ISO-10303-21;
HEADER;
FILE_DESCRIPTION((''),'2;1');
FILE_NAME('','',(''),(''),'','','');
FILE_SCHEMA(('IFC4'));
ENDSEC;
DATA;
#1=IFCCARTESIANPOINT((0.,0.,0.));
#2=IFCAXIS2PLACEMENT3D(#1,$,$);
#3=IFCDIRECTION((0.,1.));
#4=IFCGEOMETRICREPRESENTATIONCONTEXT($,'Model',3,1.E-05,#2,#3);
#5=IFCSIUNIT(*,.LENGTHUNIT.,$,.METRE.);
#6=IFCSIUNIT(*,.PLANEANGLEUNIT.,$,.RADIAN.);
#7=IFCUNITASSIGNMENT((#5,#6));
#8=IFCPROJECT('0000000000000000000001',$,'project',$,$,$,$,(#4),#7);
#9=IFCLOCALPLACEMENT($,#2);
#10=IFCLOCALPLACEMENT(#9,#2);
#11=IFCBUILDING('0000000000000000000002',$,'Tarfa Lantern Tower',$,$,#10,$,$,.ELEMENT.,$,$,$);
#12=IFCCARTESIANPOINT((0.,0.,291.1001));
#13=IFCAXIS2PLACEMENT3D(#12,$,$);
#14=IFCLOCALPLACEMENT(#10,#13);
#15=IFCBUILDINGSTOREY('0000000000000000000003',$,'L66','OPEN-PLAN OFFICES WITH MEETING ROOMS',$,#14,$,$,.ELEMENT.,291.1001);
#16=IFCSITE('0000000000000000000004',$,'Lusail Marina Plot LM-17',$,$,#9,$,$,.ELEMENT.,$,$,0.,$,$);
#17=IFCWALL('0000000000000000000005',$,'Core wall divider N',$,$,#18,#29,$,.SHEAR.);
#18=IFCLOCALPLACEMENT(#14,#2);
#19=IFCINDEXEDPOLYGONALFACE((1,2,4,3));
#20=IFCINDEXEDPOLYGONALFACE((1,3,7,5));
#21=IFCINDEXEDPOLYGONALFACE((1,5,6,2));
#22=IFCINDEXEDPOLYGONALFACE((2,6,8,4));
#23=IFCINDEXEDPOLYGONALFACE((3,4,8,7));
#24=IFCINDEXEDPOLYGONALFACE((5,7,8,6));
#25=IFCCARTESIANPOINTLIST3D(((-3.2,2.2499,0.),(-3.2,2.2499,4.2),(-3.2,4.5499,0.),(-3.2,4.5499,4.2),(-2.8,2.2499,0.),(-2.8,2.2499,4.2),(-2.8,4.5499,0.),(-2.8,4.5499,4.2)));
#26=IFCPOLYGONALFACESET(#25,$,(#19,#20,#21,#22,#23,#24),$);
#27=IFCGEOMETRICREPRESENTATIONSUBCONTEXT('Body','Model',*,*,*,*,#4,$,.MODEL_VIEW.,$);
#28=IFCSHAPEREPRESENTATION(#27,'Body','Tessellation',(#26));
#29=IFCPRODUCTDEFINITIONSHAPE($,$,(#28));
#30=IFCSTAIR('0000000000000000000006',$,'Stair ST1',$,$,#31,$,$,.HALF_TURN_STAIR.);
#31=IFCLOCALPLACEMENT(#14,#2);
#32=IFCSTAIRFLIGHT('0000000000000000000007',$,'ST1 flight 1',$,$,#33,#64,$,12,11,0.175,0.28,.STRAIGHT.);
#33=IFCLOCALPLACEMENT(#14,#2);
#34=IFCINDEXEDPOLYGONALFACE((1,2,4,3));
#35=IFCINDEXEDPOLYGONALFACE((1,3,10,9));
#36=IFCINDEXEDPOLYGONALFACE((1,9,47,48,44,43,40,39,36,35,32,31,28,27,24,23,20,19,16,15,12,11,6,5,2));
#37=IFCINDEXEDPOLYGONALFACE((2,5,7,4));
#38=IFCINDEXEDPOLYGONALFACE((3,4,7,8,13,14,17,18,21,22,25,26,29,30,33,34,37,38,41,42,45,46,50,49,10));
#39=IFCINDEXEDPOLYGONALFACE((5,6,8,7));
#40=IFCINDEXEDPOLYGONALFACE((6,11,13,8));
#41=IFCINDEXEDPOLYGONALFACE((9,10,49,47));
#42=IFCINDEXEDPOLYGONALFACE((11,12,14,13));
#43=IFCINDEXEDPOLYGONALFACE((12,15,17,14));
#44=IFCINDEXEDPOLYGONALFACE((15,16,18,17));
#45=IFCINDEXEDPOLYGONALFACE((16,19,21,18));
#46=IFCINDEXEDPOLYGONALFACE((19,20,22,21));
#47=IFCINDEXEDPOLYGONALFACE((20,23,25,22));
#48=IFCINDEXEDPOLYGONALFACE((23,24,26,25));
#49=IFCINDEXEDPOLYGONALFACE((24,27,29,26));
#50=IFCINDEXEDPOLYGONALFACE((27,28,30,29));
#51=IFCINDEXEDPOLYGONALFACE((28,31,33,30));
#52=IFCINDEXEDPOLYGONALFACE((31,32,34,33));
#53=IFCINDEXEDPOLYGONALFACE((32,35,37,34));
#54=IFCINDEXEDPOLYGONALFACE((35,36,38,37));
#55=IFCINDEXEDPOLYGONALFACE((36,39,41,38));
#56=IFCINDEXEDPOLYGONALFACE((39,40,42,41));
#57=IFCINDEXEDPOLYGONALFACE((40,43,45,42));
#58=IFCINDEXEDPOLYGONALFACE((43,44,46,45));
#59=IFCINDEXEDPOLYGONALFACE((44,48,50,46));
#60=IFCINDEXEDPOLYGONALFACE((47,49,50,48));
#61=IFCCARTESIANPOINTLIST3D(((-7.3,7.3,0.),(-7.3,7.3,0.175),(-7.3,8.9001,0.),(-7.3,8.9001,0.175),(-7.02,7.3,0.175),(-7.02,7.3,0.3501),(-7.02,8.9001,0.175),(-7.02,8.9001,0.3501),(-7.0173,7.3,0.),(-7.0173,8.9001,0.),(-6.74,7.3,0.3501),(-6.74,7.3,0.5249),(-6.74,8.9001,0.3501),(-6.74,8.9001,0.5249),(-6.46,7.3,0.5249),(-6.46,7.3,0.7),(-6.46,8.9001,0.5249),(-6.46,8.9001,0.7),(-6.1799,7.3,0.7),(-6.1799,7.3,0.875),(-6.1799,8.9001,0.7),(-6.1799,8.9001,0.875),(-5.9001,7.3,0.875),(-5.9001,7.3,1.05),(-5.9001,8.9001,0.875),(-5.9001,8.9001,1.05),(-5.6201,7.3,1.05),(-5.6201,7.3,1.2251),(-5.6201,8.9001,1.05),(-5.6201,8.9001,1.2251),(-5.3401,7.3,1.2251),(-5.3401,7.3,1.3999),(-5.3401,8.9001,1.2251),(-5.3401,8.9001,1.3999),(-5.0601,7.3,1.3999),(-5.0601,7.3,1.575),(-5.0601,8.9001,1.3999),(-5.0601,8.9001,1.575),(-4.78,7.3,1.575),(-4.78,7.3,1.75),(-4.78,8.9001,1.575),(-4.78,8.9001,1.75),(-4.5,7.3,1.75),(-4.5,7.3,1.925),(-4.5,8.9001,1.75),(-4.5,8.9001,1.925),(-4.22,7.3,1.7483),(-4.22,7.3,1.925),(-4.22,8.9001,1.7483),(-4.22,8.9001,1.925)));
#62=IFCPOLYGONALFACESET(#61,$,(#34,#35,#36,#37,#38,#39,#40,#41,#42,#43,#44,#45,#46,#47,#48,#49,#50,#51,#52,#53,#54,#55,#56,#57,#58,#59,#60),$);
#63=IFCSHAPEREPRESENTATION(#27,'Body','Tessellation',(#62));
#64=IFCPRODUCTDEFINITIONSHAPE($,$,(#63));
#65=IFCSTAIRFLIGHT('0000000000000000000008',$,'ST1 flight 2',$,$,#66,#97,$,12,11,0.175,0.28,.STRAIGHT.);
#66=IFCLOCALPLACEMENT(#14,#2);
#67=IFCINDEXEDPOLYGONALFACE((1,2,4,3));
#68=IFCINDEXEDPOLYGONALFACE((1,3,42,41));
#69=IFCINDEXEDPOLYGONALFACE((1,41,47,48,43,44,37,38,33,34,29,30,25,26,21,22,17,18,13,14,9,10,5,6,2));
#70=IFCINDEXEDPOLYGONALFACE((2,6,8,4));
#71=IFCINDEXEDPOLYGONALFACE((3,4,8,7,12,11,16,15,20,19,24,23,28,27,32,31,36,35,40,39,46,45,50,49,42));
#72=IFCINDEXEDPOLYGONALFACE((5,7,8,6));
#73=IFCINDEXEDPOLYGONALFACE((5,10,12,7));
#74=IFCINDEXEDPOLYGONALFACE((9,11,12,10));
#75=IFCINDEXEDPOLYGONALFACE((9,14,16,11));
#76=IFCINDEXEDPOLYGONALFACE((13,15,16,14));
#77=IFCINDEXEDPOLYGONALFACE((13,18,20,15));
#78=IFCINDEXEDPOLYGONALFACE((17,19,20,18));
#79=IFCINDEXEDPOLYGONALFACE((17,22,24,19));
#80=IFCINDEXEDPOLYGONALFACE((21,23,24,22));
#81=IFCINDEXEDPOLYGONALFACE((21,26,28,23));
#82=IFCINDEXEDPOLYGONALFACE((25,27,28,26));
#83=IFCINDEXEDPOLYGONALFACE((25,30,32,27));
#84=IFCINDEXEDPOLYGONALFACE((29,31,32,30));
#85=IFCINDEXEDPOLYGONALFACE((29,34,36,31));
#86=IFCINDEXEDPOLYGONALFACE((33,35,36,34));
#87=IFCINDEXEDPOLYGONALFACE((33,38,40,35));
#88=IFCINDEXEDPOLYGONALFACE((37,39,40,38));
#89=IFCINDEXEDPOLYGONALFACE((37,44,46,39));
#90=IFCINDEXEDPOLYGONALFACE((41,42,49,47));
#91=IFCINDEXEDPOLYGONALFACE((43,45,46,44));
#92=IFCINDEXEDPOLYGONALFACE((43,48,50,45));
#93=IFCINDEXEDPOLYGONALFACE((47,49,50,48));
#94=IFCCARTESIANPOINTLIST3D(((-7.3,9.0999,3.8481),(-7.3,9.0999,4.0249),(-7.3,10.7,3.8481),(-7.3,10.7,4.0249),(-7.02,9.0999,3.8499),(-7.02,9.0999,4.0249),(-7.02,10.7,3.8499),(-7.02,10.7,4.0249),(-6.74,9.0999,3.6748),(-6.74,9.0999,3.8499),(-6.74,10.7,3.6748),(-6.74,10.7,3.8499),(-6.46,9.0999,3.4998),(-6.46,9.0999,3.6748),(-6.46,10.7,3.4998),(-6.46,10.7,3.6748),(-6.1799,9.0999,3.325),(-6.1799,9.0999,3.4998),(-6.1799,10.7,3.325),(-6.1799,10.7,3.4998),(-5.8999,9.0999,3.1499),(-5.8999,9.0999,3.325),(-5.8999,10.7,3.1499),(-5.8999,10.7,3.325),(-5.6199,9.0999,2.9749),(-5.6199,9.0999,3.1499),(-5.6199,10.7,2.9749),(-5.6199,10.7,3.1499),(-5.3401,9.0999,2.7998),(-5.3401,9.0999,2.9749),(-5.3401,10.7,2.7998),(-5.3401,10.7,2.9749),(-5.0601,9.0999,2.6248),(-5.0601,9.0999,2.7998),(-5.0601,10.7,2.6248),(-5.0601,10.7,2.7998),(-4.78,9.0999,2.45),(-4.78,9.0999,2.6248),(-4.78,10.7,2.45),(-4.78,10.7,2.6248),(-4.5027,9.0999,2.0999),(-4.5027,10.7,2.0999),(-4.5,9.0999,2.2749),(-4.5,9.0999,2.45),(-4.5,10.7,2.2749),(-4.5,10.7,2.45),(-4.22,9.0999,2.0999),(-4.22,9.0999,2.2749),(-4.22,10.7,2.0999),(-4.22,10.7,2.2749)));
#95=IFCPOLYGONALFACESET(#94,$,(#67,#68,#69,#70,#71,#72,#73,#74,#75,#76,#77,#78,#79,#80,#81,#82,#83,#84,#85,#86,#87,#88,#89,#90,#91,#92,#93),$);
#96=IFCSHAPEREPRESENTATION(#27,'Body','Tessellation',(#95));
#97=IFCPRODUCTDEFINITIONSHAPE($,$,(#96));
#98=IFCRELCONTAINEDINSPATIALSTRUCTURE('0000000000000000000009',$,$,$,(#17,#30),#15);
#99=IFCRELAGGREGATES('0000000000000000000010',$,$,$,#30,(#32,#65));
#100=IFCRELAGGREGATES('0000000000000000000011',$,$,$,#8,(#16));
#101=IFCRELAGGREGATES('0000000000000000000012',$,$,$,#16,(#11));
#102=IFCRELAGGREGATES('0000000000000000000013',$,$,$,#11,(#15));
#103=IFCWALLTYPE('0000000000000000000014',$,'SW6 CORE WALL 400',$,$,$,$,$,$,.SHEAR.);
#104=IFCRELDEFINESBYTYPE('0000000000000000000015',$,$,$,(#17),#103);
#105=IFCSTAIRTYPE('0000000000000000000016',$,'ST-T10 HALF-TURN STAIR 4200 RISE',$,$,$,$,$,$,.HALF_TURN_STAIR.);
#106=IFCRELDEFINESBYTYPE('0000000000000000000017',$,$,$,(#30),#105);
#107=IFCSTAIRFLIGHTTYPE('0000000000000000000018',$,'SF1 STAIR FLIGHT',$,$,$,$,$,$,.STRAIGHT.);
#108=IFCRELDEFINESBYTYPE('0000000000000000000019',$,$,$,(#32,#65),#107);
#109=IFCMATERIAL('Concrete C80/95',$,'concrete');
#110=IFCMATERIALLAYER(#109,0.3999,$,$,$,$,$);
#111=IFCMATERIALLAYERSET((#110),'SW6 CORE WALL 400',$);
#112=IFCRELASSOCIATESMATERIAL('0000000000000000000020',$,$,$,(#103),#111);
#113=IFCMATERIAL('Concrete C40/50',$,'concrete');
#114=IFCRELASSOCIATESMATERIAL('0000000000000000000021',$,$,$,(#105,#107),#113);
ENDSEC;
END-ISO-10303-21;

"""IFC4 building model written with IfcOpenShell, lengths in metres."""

from ifc_helpers import new_model, si_unit, direction, frame, frame_2d, origin, place, context, subcontext, project, spatial, polyline, rectangle, outline, extrude, material, layer, layer_set, type_object, element, aggregate, save


model = new_model("IFC4")

# Units and contexts
model_context = context("Model", 3, precision=1e-05, world=origin(), true_north=direction((0.0, 1.0)))
body_context = subcontext(model_context, "Body", "Model", "MODEL_VIEW")
ifc_project = project(units=[si_unit("LENGTHUNIT", "METRE"), si_unit("PLANEANGLEUNIT", "RADIAN")], contexts=[model_context])

# Site, building, storey
site_placement = place(None, origin())
site = spatial("IfcSite", under=ifc_project, at=site_placement, Name="Lusail Marina Plot LM-17", CompositionType="ELEMENT", RefElevation=0.0)
building_placement = place(site_placement, origin())
building = spatial("IfcBuilding", under=site, at=building_placement, Name="Tarfa Lantern Tower", CompositionType="ELEMENT")
storey_placement = place(building_placement, frame((0.0, 0.0, 291.1001)))
storey = spatial("IfcBuildingStorey", under=building, at=storey_placement, Name="L66", Description="OPEN-PLAN OFFICES WITH MEETING ROOMS", CompositionType="ELEMENT", Elevation=291.1001)

# Shared definitions
ifc_material_1 = material(Name="Concrete C80/95", Category="concrete")

# Wall
ifc_layer_1 = layer(ifc_material_1, 0.3999)
ifc_layer_set_1 = layer_set([ifc_layer_1], Name="SW6 CORE WALL 400")
wall_type_1 = type_object("IfcWallType", Name="SW6 CORE WALL 400", PredefinedType="SHEAR", material=ifc_layer_set_1)
for number, where, z_axis, x_axis, name in (
    (1, (-3.0, 2.25, 0.0), (0.0, 0.0, 1.0), (0.0, 1.0, 0.0), "Core wall divider N"),
):
    element("IfcWall", number, at=place(storey_placement, frame(where, z_axis=z_axis, x_axis=x_axis)), inside=storey, type_object=wall_type_1, Name=name, PredefinedType="SHEAR", context=body_context, shape_type="SweptSolid", body=[
        extrude(rectangle(XDim=2.3, YDim=0.3999, at=frame_2d((1.1499, 0.0))), origin(), (0.0, 0.0, 1.0), 4.2),
    ])

# Stair, stair flights
ifc_material_2 = material(Name="Concrete C40/50", Category="concrete")
stair_type = type_object("IfcStairType", Name="ST-T10 HALF-TURN STAIR 4200 RISE", PredefinedType="HALF_TURN_STAIR", material=ifc_material_2)
stair_placement = place(storey_placement, origin())
stair = element("IfcStair", 2, at=stair_placement, inside=storey, type_object=stair_type, Name="Stair ST1", PredefinedType="HALF_TURN_STAIR")
stair_flight_type = type_object("IfcStairFlightType", Name="SF1 STAIR FLIGHT", PredefinedType="STRAIGHT", material=ifc_material_2)
stair_flight_1_placement = place(storey_placement, frame((-7.3, 8.1001, 0.0), z_axis=(0.0, 0.0, 1.0), x_axis=(1.0, 0.0, 0.0)))
stair_flight_1 = element("IfcStairFlight", 3, at=stair_flight_1_placement, type_object=stair_flight_type, Name="ST1 flight 1", NumberOfRisers=12, NumberOfTreads=11, PredefinedType="STRAIGHT", RiserHeight=0.175, TreadLength=0.28, context=body_context, shape_type="SweptSolid", body=[
    extrude(outline(polyline([(0.0, 0.0), (0.0, 0.175), (0.28, 0.175), (0.28, 0.3501), (0.5601, 0.3501), (0.5601, 0.5249), (0.8401, 0.5249), (0.8401, 0.7), (1.1201, 0.7), (1.1201, 0.875), (1.3999, 0.875), (1.3999, 1.05), (1.6799, 1.05), (1.6799, 1.2251), (1.96, 1.2251), (1.96, 1.3999), (2.24, 1.3999), (2.24, 1.575), (2.52, 1.575), (2.52, 1.75), (2.8, 1.75), (2.8, 1.925), (3.0801, 1.925), (3.0801, 2.1001), (3.0801, 1.7483), (0.2827, 0.0), (0.0, 0.0)])), frame((0.0, 0.8, 0.0), z_axis=(0.0, -1.0, 0.0), x_axis=(1.0, 0.0, 0.0)), (0.0, 0.0, 1.0), 1.6001),
])
stair_flight_2_placement = place(storey_placement, frame((-4.22, 9.8999, 2.0999), z_axis=(0.0, 0.0, 1.0), x_axis=(-1.0, 0.0, 0.0)))
stair_flight_2 = element("IfcStairFlight", 4, at=stair_flight_2_placement, type_object=stair_flight_type, Name="ST1 flight 2", NumberOfRisers=12, NumberOfTreads=11, PredefinedType="STRAIGHT", RiserHeight=0.175, TreadLength=0.28, context=body_context, shape_type="SweptSolid", body=[
    extrude(outline(polyline([(0.0, 0.0), (0.0, 0.175), (0.28, 0.175), (0.28, 0.3501), (0.5601, 0.3501), (0.5601, 0.5249), (0.8401, 0.5249), (0.8401, 0.7), (1.1201, 0.7), (1.1201, 0.875), (1.3999, 0.875), (1.3999, 1.05), (1.6799, 1.05), (1.6799, 1.2251), (1.96, 1.2251), (1.96, 1.3999), (2.24, 1.3999), (2.24, 1.575), (2.52, 1.575), (2.52, 1.75), (2.8, 1.75), (2.8, 1.925), (3.0801, 1.925), (3.0801, 2.1001), (3.0801, 1.7483), (0.2827, 0.0), (0.0, 0.0)])), frame((0.0, 0.8, 0.0), z_axis=(0.0, -1.0, 0.0), x_axis=(1.0, 0.0, 0.0)), (0.0, 0.0, 1.0), 1.6001),
])
aggregate(stair, [stair_flight_1, stair_flight_2])

save(model, "model.ifc")
